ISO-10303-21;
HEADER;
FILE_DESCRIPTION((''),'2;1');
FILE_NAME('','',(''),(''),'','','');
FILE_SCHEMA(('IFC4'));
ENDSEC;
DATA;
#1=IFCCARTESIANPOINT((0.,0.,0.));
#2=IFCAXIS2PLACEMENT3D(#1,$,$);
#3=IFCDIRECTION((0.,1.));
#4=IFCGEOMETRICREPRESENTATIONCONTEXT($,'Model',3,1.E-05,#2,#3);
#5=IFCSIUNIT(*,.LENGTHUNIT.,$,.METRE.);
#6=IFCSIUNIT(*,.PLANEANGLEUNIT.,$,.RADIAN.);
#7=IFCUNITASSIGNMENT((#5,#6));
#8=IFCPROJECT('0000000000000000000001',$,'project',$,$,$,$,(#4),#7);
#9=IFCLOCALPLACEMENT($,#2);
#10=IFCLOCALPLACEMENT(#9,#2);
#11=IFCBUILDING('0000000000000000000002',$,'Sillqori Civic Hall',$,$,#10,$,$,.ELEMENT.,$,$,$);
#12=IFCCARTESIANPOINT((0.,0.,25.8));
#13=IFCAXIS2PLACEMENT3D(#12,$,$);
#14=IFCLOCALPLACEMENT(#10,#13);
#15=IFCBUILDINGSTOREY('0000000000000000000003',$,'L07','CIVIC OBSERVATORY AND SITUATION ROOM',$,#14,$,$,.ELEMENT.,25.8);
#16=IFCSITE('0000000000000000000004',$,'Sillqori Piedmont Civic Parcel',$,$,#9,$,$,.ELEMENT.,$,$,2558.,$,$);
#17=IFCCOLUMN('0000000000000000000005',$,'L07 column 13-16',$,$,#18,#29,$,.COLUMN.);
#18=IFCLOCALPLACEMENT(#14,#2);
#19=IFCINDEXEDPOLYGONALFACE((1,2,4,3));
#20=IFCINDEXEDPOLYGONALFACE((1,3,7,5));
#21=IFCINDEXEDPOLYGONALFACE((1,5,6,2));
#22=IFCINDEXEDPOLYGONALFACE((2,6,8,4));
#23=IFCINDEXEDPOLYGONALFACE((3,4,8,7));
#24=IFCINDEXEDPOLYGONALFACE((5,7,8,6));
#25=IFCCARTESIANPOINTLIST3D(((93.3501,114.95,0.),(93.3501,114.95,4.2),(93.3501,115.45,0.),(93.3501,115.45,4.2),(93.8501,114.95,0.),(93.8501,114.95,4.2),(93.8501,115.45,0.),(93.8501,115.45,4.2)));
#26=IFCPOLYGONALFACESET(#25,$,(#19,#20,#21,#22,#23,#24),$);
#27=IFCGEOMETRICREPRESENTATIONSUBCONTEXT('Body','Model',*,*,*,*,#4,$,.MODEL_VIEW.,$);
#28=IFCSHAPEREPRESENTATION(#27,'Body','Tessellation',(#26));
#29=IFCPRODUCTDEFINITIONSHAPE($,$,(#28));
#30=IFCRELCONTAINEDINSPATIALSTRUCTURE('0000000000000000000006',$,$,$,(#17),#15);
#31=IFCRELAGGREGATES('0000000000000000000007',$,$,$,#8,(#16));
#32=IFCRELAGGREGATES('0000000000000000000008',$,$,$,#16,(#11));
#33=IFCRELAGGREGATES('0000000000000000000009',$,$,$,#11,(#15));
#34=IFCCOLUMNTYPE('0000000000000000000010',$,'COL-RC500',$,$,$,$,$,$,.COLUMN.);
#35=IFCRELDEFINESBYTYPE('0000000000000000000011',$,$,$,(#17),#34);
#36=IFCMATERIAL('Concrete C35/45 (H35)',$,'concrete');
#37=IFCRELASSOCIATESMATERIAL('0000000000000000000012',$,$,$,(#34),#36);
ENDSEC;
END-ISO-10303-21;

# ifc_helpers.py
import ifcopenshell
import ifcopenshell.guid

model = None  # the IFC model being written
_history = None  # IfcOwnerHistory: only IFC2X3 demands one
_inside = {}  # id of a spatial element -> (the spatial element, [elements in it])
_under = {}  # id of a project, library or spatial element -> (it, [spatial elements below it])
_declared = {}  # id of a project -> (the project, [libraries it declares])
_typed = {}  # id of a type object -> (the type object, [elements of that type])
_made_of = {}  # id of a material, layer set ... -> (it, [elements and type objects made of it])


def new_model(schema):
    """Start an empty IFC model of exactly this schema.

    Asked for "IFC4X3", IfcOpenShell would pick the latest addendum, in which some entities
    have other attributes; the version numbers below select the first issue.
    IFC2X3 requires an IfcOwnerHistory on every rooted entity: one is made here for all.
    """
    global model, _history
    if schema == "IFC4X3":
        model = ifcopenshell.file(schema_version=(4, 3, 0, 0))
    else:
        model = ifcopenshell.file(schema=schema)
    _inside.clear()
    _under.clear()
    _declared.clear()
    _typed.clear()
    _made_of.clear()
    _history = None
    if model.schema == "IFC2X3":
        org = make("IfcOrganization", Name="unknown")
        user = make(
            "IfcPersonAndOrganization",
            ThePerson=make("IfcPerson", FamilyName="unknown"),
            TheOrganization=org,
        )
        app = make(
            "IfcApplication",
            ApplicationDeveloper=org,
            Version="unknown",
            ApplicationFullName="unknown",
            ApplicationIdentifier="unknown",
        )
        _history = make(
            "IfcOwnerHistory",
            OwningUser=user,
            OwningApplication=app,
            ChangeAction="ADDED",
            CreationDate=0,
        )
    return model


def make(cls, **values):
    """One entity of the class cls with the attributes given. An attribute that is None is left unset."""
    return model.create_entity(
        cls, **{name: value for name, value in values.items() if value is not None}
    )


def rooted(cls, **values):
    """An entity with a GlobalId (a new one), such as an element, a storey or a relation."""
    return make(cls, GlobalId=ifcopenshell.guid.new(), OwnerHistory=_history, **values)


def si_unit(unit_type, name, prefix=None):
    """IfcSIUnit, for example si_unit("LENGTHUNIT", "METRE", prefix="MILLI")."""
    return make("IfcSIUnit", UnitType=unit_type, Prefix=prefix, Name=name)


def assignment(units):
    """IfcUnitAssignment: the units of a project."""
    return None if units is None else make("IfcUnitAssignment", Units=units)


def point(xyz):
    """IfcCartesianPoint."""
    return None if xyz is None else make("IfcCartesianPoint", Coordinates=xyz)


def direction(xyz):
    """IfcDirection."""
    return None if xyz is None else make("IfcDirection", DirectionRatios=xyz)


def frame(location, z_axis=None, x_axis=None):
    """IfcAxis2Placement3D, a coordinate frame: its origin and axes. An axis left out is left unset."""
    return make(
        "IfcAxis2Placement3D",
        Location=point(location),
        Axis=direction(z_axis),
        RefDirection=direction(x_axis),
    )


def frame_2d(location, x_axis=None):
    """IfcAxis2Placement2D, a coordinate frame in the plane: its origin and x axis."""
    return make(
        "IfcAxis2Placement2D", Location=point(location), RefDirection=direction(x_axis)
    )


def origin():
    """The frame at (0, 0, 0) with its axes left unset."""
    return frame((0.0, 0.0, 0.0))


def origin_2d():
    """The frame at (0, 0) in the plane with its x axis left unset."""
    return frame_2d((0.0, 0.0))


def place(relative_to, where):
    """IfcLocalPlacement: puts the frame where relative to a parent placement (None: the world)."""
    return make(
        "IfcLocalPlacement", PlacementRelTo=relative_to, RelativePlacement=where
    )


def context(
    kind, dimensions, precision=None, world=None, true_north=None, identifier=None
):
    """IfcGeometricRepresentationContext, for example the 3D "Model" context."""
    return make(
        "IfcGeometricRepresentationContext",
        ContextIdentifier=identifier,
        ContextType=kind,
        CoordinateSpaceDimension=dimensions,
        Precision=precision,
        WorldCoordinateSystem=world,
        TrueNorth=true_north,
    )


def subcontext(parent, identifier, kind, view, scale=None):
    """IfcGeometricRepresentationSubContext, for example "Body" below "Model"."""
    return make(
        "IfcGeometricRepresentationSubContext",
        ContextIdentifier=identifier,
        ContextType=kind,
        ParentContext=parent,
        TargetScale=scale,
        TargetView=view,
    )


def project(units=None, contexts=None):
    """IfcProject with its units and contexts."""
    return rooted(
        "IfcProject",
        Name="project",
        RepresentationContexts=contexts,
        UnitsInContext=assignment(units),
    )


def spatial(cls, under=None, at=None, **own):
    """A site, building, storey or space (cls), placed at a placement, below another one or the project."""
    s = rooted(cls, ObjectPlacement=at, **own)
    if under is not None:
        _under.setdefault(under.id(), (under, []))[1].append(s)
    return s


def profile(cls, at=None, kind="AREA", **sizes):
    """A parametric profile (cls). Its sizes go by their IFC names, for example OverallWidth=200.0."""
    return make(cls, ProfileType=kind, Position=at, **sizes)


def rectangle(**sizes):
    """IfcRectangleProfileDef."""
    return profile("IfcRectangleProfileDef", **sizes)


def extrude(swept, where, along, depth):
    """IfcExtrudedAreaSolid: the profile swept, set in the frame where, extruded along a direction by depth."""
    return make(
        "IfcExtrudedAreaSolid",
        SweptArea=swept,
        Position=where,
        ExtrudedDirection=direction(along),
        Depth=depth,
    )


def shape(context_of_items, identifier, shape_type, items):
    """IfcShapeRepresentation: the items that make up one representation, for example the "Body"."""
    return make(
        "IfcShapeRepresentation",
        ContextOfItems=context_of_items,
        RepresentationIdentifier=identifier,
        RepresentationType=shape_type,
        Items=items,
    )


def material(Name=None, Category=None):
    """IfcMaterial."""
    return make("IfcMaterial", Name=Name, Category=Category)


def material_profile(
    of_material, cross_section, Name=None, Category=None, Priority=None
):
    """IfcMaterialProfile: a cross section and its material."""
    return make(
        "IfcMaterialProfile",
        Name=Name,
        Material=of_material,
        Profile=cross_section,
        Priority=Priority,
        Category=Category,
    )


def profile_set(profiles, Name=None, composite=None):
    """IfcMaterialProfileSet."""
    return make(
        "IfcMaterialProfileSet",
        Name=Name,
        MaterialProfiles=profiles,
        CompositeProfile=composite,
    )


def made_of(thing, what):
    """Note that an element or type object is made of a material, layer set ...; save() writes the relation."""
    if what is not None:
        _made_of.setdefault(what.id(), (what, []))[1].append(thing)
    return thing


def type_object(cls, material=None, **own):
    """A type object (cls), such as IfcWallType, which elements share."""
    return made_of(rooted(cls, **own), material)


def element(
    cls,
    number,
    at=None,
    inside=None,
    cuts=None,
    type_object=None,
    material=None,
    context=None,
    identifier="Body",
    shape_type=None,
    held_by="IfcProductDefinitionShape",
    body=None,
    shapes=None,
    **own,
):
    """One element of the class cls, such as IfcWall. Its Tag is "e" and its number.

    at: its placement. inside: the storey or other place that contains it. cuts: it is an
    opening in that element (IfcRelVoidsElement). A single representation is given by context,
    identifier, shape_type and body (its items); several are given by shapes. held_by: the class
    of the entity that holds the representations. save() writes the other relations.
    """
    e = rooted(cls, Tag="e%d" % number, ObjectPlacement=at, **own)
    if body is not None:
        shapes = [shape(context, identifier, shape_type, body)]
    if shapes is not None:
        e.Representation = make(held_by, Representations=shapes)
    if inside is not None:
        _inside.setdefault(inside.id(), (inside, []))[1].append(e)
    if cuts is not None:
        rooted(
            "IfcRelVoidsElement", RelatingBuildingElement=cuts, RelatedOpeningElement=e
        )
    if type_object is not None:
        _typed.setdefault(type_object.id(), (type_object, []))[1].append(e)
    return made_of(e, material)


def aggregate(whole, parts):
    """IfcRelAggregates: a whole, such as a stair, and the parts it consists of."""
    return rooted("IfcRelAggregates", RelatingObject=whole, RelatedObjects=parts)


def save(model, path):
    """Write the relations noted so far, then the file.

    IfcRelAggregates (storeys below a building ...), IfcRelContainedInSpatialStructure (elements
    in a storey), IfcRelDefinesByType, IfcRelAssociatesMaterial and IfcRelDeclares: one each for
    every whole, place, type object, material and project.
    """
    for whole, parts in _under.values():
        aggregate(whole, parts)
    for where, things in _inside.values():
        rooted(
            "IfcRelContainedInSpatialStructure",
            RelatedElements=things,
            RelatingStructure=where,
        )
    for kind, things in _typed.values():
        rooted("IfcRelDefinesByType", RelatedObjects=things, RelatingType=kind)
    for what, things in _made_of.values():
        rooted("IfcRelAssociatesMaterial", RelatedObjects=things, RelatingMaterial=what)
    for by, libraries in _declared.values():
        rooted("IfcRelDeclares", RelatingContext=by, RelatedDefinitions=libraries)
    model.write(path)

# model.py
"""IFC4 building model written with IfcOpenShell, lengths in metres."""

from ifc_helpers import new_model, si_unit, direction, frame, origin, origin_2d, place, context, subcontext, project, spatial, rectangle, extrude, material, material_profile, profile_set, type_object, element, save


model = new_model("IFC4")

# Units and contexts
model_context = context("Model", 3, precision=1e-05, world=origin(), true_north=direction((0.0, 1.0)))
body_context = subcontext(model_context, "Body", "Model", "MODEL_VIEW")
ifc_project = project(units=[si_unit("LENGTHUNIT", "METRE"), si_unit("PLANEANGLEUNIT", "RADIAN")], contexts=[model_context])

# Site, building, storey
site_placement = place(None, origin())
site = spatial("IfcSite", under=ifc_project, at=site_placement, Name="Sillqori Piedmont Civic Parcel", CompositionType="ELEMENT", RefElevation=2558.0)
building_placement = place(site_placement, origin())
building = spatial("IfcBuilding", under=site, at=building_placement, Name="Sillqori Civic Hall", CompositionType="ELEMENT")
storey_placement = place(building_placement, frame((0.0, 0.0, 25.8)))
storey = spatial("IfcBuildingStorey", under=building, at=storey_placement, Name="L07", Description="CIVIC OBSERVATORY AND SITUATION ROOM", CompositionType="ELEMENT", Elevation=25.8)

# Column
ifc_material = material(Name="Concrete C35/45 (H35)", Category="concrete")
ifc_material_profile = material_profile(ifc_material, rectangle(XDim=0.5, YDim=0.5, at=origin_2d()), Name="RC 500x500")
ifc_profile_set = profile_set([ifc_material_profile], Name="Concrete C35/45 (H35)")
column_type = type_object("IfcColumnType", Name="COL-RC500", PredefinedType="COLUMN", material=ifc_profile_set)
column_placement = place(storey_placement, frame((93.6001, 115.2, 0.0), z_axis=(0.0, 0.0, 1.0), x_axis=(1.0, 0.0, 0.0)))
element("IfcColumn", 1, at=column_placement, inside=storey, type_object=column_type, Name="L07 column 13-16", PredefinedType="COLUMN", context=body_context, shape_type="SweptSolid", body=[
    extrude(rectangle(XDim=0.5, YDim=0.5, at=origin_2d()), origin(), (0.0, 0.0, 1.0), 4.2),
])

save(model, "model.ifc")
